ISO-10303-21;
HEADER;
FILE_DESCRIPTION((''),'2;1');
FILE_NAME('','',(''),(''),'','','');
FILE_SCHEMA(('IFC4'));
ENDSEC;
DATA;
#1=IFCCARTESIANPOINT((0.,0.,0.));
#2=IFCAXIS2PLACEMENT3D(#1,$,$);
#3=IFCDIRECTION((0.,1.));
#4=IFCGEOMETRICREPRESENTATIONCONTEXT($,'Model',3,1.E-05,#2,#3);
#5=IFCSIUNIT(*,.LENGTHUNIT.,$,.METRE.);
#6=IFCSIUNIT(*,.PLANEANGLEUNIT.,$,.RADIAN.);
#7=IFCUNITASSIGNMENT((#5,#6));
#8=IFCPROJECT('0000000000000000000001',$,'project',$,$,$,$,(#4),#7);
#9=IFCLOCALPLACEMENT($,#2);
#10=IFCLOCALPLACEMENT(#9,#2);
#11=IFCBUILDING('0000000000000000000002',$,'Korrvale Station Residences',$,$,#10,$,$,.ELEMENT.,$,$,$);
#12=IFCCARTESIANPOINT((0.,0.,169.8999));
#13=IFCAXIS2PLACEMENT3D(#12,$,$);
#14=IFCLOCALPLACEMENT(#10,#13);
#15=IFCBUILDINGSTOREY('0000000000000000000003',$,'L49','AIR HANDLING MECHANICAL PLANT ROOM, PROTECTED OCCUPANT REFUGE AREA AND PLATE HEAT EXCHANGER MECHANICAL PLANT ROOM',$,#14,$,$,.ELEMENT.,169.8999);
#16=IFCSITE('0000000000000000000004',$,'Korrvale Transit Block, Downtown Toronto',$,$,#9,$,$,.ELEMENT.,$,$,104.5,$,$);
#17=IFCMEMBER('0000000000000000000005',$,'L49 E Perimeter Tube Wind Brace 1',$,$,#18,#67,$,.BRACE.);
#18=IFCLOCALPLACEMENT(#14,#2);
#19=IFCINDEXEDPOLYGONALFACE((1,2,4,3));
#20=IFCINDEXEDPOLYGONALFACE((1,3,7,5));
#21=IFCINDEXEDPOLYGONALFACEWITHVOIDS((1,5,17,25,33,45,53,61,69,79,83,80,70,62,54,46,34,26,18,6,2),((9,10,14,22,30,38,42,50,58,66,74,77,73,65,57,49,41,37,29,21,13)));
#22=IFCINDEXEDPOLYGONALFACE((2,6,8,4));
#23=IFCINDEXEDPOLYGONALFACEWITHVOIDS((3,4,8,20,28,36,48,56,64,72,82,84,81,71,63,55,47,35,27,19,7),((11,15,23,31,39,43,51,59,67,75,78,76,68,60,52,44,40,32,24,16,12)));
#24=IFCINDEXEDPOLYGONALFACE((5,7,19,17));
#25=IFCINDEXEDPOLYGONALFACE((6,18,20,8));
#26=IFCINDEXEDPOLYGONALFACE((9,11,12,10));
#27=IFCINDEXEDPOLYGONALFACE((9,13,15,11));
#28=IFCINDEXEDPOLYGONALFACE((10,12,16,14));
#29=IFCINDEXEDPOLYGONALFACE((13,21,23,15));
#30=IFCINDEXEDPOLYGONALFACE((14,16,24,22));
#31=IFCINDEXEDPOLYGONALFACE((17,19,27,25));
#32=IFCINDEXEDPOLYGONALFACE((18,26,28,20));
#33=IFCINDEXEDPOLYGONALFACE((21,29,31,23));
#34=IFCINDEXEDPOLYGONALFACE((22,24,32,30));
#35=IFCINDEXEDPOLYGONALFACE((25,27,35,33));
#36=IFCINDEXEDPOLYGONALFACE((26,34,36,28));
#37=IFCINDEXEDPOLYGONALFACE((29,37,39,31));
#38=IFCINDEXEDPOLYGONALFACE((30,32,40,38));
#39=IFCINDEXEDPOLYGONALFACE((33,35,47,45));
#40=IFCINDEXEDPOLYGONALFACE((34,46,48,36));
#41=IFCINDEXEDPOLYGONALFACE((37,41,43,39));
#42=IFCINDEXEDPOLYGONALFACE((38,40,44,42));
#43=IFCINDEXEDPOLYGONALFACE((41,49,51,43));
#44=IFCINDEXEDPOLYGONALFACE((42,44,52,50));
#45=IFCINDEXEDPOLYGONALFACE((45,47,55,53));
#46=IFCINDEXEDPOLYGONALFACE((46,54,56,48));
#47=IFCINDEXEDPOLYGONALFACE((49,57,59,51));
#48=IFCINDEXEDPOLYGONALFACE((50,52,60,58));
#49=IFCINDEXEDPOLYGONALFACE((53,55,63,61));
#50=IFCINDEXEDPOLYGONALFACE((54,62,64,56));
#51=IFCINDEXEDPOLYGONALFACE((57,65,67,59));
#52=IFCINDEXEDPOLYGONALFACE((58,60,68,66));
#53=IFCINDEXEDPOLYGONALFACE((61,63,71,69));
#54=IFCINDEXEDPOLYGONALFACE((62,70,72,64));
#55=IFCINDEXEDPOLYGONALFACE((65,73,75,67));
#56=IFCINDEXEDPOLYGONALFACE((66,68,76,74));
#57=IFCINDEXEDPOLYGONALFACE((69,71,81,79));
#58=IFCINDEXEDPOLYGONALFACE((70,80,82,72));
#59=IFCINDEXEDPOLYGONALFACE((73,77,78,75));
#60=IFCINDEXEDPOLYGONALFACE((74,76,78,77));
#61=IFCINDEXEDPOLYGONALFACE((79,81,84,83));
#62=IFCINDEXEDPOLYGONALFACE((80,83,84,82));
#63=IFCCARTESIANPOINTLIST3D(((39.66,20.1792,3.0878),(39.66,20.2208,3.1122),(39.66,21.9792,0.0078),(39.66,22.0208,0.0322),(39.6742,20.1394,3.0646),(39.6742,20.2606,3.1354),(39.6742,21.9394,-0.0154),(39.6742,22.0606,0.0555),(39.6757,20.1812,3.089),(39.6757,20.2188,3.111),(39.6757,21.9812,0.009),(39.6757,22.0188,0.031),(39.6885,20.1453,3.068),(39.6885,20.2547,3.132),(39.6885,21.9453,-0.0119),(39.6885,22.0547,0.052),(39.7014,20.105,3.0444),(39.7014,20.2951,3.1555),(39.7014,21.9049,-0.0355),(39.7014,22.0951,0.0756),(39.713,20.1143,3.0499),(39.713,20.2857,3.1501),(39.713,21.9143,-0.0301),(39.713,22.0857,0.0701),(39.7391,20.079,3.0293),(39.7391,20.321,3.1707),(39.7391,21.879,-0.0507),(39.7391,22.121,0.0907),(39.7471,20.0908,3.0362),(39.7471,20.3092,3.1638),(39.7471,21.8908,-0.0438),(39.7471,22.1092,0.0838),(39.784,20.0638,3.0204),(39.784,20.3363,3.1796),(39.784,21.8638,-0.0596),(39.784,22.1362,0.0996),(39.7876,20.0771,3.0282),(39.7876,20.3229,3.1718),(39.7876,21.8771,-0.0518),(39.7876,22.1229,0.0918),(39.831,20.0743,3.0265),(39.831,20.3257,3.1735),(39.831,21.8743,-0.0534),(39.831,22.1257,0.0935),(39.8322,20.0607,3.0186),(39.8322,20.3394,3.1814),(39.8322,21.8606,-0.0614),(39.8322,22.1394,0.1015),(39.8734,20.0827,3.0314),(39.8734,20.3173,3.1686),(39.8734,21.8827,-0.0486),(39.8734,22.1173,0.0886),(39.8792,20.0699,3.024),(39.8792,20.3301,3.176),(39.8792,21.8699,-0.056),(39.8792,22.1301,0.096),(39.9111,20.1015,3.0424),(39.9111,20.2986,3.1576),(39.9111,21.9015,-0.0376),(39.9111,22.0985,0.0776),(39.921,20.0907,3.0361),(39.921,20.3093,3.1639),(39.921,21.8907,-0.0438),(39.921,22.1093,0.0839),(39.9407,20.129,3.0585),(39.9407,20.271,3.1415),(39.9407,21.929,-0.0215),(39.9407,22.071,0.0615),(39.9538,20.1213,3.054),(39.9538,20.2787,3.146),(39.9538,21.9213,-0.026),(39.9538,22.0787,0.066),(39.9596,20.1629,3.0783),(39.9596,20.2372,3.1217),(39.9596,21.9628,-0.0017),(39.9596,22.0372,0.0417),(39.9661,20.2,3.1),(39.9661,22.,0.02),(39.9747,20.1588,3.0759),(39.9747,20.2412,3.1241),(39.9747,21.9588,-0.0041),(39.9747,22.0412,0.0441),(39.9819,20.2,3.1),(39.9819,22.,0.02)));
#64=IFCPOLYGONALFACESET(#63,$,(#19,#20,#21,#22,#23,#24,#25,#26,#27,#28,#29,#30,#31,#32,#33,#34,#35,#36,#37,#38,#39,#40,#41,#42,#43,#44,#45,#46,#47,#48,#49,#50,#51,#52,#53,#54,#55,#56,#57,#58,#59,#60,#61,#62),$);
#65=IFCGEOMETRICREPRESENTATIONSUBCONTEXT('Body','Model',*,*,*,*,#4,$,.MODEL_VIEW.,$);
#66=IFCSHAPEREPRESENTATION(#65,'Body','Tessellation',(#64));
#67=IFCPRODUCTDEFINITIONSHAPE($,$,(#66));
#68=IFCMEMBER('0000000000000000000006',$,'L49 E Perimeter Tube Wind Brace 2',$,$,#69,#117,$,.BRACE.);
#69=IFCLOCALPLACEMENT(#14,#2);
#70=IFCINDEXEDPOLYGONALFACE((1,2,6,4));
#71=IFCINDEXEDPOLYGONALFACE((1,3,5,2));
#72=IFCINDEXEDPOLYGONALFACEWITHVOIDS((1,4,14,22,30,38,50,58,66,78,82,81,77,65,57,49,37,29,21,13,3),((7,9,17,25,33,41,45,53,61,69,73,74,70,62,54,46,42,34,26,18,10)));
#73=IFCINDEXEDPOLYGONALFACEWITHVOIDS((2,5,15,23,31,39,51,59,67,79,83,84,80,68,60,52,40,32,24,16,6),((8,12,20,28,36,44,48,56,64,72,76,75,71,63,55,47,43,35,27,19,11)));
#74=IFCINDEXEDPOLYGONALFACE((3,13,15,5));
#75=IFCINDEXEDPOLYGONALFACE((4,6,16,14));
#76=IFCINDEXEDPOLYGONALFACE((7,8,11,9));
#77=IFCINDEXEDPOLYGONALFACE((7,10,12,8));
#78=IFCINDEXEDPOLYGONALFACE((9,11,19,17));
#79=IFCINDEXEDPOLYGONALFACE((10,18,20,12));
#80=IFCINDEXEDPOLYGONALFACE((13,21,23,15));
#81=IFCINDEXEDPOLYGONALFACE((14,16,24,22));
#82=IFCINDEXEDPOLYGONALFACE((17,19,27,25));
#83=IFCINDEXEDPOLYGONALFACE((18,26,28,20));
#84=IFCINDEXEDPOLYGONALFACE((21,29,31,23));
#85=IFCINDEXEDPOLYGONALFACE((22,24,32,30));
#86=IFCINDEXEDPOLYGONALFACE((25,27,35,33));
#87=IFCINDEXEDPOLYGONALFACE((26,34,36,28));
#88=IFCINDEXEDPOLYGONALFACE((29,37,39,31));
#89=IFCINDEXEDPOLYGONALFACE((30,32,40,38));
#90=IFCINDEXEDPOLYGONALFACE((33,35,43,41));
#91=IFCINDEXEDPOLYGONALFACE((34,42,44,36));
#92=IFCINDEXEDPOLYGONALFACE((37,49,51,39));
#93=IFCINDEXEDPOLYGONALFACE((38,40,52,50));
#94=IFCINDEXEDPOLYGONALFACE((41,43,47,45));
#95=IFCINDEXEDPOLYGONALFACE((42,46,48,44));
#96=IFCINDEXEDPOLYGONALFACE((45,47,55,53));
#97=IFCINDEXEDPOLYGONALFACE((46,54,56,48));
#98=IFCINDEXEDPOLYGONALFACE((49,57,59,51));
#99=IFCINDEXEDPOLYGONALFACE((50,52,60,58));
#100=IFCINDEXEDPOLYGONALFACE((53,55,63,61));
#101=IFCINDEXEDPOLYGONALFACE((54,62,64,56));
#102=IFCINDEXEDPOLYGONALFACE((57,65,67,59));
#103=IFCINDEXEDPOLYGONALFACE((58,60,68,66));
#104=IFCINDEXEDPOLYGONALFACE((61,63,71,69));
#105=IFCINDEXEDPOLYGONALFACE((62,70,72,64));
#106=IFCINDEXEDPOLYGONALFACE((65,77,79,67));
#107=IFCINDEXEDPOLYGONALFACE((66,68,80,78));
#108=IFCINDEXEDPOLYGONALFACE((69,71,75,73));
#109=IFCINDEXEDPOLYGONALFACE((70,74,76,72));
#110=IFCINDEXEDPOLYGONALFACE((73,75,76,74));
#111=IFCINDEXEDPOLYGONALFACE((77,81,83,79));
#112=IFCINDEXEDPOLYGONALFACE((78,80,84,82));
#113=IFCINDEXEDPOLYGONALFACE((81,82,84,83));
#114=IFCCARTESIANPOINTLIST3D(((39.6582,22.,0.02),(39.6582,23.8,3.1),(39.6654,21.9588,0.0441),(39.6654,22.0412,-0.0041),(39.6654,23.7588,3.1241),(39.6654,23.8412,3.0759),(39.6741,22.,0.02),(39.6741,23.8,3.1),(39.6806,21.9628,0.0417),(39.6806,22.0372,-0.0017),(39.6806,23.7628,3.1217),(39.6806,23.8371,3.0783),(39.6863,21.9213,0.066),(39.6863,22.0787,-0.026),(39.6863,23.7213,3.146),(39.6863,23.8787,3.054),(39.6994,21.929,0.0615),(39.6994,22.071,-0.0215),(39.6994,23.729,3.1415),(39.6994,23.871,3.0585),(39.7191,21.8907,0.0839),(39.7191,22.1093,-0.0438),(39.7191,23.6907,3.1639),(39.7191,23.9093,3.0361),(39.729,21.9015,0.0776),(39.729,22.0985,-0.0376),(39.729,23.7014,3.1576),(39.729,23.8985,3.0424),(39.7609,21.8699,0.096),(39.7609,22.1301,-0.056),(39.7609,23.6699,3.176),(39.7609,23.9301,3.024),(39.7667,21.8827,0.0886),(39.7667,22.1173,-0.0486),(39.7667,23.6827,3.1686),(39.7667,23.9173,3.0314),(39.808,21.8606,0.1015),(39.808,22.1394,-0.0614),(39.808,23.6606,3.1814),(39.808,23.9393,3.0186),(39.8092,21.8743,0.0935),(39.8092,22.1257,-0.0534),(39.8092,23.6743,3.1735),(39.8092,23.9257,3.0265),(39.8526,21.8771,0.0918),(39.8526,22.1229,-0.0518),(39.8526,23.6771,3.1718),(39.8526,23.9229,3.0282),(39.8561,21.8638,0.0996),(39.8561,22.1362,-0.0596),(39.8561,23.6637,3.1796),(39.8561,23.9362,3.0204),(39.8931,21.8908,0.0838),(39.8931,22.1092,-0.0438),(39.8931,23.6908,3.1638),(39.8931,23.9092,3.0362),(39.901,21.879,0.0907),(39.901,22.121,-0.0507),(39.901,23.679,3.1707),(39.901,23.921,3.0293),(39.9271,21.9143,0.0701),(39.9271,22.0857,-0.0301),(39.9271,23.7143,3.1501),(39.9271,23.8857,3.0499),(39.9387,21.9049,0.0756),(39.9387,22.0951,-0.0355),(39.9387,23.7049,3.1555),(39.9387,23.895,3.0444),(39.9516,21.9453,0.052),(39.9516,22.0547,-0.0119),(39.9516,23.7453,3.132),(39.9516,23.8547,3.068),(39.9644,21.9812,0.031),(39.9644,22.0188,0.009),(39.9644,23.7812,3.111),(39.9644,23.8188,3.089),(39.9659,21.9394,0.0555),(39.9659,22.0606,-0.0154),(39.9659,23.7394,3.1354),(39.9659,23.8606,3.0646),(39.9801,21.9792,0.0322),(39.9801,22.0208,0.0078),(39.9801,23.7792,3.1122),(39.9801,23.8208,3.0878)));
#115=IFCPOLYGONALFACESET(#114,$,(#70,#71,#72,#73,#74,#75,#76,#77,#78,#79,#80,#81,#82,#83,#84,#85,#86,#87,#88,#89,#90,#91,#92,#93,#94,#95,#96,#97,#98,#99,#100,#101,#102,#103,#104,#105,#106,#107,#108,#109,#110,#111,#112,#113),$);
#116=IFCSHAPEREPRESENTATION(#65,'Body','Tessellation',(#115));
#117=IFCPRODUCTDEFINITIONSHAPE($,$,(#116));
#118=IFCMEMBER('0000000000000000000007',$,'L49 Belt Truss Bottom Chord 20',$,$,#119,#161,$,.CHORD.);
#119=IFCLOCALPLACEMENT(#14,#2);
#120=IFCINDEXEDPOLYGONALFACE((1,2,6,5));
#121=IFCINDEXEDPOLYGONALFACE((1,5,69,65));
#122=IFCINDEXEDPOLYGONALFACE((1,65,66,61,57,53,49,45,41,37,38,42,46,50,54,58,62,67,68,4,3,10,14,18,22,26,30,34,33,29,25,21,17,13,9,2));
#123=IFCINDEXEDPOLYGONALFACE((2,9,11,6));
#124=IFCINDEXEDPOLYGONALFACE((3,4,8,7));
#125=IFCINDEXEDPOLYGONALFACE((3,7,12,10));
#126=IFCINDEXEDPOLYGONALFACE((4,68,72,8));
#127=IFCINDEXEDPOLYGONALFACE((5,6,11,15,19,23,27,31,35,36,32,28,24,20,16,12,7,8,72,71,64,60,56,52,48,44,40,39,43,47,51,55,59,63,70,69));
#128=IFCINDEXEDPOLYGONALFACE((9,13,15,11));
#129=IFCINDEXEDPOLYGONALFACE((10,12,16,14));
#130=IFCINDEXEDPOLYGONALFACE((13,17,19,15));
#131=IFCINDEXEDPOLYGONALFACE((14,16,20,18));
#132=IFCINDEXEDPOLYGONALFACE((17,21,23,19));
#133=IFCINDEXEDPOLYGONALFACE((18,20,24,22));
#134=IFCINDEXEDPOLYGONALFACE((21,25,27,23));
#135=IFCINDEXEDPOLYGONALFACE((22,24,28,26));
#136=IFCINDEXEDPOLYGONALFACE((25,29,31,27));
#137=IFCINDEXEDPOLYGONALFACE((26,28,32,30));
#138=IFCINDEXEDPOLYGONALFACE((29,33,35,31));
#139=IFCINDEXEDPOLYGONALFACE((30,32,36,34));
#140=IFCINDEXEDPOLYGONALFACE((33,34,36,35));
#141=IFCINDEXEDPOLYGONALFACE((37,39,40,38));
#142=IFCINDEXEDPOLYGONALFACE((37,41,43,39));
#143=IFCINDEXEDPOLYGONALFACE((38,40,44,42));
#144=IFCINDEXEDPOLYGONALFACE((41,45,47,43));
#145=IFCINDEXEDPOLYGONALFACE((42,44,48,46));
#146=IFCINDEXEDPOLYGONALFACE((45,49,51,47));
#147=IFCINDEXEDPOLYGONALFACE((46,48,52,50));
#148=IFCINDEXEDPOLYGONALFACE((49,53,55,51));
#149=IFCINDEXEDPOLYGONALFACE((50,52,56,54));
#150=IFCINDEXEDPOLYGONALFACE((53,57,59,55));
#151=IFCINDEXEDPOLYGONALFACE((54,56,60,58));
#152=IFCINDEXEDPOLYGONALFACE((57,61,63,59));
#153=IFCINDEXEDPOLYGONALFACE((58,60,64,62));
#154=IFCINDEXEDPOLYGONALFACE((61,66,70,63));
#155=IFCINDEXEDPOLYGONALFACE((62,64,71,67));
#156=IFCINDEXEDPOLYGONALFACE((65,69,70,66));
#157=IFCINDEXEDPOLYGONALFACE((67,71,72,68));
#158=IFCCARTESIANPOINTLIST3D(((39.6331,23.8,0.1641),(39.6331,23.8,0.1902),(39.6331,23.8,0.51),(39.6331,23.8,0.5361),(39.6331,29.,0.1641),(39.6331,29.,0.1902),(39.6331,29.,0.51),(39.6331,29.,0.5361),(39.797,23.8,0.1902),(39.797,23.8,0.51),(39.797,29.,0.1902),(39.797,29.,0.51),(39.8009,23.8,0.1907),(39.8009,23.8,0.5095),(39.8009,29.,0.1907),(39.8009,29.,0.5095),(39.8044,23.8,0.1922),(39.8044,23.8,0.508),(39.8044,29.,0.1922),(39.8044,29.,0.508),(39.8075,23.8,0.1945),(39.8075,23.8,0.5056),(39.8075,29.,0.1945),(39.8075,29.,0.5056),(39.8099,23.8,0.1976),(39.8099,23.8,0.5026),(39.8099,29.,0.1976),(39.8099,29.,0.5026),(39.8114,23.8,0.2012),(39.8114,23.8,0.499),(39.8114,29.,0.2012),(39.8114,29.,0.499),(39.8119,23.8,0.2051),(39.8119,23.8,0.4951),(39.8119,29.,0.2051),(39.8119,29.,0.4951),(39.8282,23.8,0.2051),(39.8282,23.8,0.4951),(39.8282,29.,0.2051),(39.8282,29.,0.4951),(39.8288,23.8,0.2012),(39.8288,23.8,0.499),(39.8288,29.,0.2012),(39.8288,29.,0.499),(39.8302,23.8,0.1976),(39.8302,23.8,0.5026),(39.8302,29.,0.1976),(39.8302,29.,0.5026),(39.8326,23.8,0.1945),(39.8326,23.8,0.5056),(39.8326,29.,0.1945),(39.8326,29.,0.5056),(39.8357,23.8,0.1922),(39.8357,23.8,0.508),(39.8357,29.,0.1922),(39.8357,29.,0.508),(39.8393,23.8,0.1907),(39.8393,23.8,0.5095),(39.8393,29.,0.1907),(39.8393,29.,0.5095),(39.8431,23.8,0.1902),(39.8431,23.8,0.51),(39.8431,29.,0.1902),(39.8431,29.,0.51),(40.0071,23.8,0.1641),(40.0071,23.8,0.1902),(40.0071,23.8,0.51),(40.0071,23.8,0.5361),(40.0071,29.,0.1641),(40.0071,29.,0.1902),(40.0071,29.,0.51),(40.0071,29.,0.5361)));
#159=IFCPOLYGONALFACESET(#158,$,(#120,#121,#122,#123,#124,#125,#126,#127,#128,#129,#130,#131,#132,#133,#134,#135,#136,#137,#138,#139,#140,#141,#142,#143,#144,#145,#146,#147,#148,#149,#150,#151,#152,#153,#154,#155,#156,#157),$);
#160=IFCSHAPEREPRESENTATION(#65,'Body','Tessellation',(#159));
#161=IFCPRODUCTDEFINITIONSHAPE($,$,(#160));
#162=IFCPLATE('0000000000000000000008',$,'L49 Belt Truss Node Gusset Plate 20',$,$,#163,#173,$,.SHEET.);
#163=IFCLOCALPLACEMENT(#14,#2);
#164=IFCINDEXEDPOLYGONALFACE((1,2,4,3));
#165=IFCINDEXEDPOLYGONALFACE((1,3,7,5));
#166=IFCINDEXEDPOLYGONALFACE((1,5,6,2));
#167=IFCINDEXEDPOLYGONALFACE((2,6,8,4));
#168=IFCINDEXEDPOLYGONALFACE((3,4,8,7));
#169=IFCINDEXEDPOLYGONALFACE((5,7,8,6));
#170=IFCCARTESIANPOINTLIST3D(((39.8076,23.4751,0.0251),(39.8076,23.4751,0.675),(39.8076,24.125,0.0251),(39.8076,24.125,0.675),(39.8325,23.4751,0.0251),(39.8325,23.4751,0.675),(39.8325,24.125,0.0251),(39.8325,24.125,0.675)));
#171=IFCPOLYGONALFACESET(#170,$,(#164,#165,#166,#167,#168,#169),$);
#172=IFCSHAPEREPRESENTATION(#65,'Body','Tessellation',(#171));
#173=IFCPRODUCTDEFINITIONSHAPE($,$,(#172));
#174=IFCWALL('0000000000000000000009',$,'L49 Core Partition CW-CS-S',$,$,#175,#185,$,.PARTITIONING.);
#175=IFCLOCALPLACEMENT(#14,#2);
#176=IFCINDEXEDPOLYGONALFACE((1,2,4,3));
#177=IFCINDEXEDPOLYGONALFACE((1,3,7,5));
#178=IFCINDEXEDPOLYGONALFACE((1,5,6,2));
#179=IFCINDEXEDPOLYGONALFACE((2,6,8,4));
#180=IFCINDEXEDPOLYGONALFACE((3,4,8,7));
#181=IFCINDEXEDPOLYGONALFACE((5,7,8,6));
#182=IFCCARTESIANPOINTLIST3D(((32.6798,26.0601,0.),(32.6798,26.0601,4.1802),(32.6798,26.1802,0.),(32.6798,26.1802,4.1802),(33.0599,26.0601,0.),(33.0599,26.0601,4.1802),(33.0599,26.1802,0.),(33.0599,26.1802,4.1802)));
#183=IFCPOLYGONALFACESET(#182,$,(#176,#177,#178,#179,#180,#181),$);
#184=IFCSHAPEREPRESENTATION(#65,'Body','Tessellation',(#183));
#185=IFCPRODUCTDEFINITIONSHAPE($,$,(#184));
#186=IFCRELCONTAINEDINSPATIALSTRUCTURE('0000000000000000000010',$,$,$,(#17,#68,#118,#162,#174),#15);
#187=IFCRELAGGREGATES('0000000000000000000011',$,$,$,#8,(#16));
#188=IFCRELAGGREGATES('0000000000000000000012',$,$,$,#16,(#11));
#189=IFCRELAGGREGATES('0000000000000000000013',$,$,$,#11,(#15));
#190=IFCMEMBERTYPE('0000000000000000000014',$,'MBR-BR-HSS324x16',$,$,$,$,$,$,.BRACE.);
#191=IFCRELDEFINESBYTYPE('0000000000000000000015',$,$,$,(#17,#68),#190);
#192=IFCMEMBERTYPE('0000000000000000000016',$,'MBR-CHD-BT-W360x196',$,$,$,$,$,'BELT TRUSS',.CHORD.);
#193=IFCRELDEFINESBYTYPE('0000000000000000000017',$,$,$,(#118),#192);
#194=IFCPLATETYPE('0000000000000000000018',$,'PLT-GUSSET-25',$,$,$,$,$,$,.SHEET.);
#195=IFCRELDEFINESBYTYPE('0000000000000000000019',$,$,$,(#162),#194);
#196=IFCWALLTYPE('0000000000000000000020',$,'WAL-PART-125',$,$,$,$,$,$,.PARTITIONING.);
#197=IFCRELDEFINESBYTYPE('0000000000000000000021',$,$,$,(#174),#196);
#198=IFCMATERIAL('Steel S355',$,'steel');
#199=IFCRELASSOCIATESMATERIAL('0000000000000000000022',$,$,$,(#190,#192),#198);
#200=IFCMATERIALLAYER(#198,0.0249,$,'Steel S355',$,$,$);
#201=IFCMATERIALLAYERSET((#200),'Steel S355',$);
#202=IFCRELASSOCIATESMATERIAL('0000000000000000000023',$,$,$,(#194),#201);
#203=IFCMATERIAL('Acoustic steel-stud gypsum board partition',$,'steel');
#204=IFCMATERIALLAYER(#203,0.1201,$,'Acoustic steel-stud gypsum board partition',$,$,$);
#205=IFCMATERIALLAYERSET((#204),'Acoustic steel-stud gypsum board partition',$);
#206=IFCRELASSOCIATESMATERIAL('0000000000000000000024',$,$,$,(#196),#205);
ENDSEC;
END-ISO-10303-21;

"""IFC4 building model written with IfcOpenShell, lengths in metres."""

from ifc_helpers import new_model, si_unit, direction, frame, frame_2d, origin, origin_2d, place, context, subcontext, project, spatial, rectangle, hollow_circle, i_section, extrude, material, layer, layer_set, material_profile, profile_set, type_object, element, save


model = new_model("IFC4")

# Units and contexts
model_context = context("Model", 3, precision=1e-05, world=origin(), true_north=direction((0.0, 1.0)))
body_context = subcontext(model_context, "Body", "Model", "MODEL_VIEW")
ifc_project = project(units=[si_unit("LENGTHUNIT", "METRE"), si_unit("PLANEANGLEUNIT", "RADIAN")], contexts=[model_context])

# Site, building, storey
site_placement = place(None, origin())
site = spatial("IfcSite", under=ifc_project, at=site_placement, Name="Korrvale Transit Block, Downtown Toronto", CompositionType="ELEMENT", RefElevation=104.5)
building_placement = place(site_placement, origin())
building = spatial("IfcBuilding", under=site, at=building_placement, Name="Korrvale Station Residences", CompositionType="ELEMENT")
storey_placement = place(building_placement, frame((0.0, 0.0, 169.8999)))
storey = spatial("IfcBuildingStorey", under=building, at=storey_placement, Name="L49", Description="AIR HANDLING MECHANICAL PLANT ROOM, PROTECTED OCCUPANT REFUGE AREA AND PLATE HEAT EXCHANGER MECHANICAL PLANT ROOM", CompositionType="ELEMENT", Elevation=169.8999)

# Members
ifc_material_1 = material(Name="Steel S355", Category="steel")
ifc_material_profile_1 = material_profile(ifc_material_1, hollow_circle(Radius=0.1619, WallThickness=0.0159, at=origin_2d()), Name="HSS324x16")
ifc_profile_set_1 = profile_set([ifc_material_profile_1], Name="Steel S355")
member_type_1 = type_object("IfcMemberType", Name="MBR-BR-HSS324x16", PredefinedType="BRACE", material=ifc_profile_set_1)
for number, where, z_axis, x_axis, name in (
    (1, (39.8201, 22.0, 0.02), (0.0, -0.504569, 0.863372), (1.0, 0.0, 0.0), "L49 E Perimeter Tube Wind Brace 1"),
    (2, (39.8201, 22.0, 0.02), (0.0, 0.504569, 0.863372), (-1.0, 0.0, 0.0), "L49 E Perimeter Tube Wind Brace 2"),
):
    element("IfcMember", number, at=place(storey_placement, frame(where, z_axis=z_axis, x_axis=x_axis)), inside=storey, type_object=member_type_1, Name=name, PredefinedType="BRACE", context=body_context, shape_type="SweptSolid", body=[
        extrude(hollow_circle(Radius=0.1619, WallThickness=0.0159, at=origin_2d()), origin(), (0.0, 0.0, 1.0), 3.5674),
    ])
ifc_material_profile_2 = material_profile(ifc_material_1, i_section(OverallWidth=0.374, OverallDepth=0.3721, WebThickness=0.0164, FlangeThickness=0.0261, FilletRadius=0.0149, at=origin_2d()), Name="W360x196")
ifc_profile_set_2 = profile_set([ifc_material_profile_2], Name="Steel S355")
member_type_2 = type_object("IfcMemberType", Name="MBR-CHD-BT-W360x196", ElementType="BELT TRUSS", PredefinedType="CHORD", material=ifc_profile_set_2)
member_1_placement = place(storey_placement, frame((39.8201, 23.8, 0.3501), z_axis=(0.0, 1.0, 0.0), x_axis=(-1.0, 0.0, 0.0)))
element("IfcMember", 3, at=member_1_placement, inside=storey, type_object=member_type_2, Name="L49 Belt Truss Bottom Chord 20", PredefinedType="CHORD", context=body_context, shape_type="SweptSolid", body=[
    extrude(i_section(OverallWidth=0.374, OverallDepth=0.3721, WebThickness=0.0164, FlangeThickness=0.0261, FilletRadius=0.0149, at=origin_2d()), origin(), (0.0, 0.0, 1.0), 5.2),
])

# Plate
ifc_layer_1 = layer(ifc_material_1, 0.0249, Name="Steel S355")
ifc_layer_set_1 = layer_set([ifc_layer_1], Name="Steel S355")
plate_type = type_object("IfcPlateType", Name="PLT-GUSSET-25", PredefinedType="SHEET", material=ifc_layer_set_1)
plate_placement = place(storey_placement, frame((39.8201, 23.8, 0.0251), z_axis=(0.0, 0.0, 1.0), x_axis=(0.0, 1.0, 0.0)))
element("IfcPlate", 4, at=plate_placement, inside=storey, type_object=plate_type, Name="L49 Belt Truss Node Gusset Plate 20", PredefinedType="SHEET", context=body_context, shape_type="SweptSolid", body=[
    extrude(rectangle(XDim=0.6499, YDim=0.0249, at=origin_2d()), origin(), (0.0, 0.0, 1.0), 0.6499),
])

# Wall
ifc_material_2 = material(Name="Acoustic steel-stud gypsum board partition", Category="steel")
ifc_layer_2 = layer(ifc_material_2, 0.1201, Name="Acoustic steel-stud gypsum board partition")
ifc_layer_set_2 = layer_set([ifc_layer_2], Name="Acoustic steel-stud gypsum board partition")
wall_type_1 = type_object("IfcWallType", Name="WAL-PART-125", PredefinedType="PARTITIONING", material=ifc_layer_set_2)
wall_1_placement = place(storey_placement, frame((32.6799, 26.1201, 0.0), z_axis=(0.0, 0.0, 1.0), x_axis=(1.0, 0.0, 0.0)))
element("IfcWall", 5, at=wall_1_placement, inside=storey, type_object=wall_type_1, Name="L49 Core Partition CW-CS-S", PredefinedType="PARTITIONING", context=body_context, shape_type="SweptSolid", body=[
    extrude(rectangle(XDim=0.3801, YDim=0.1201, at=frame_2d((0.1899, 0.0))), origin(), (0.0, 0.0, 1.0), 4.1802),
])

save(model, "model.ifc")
